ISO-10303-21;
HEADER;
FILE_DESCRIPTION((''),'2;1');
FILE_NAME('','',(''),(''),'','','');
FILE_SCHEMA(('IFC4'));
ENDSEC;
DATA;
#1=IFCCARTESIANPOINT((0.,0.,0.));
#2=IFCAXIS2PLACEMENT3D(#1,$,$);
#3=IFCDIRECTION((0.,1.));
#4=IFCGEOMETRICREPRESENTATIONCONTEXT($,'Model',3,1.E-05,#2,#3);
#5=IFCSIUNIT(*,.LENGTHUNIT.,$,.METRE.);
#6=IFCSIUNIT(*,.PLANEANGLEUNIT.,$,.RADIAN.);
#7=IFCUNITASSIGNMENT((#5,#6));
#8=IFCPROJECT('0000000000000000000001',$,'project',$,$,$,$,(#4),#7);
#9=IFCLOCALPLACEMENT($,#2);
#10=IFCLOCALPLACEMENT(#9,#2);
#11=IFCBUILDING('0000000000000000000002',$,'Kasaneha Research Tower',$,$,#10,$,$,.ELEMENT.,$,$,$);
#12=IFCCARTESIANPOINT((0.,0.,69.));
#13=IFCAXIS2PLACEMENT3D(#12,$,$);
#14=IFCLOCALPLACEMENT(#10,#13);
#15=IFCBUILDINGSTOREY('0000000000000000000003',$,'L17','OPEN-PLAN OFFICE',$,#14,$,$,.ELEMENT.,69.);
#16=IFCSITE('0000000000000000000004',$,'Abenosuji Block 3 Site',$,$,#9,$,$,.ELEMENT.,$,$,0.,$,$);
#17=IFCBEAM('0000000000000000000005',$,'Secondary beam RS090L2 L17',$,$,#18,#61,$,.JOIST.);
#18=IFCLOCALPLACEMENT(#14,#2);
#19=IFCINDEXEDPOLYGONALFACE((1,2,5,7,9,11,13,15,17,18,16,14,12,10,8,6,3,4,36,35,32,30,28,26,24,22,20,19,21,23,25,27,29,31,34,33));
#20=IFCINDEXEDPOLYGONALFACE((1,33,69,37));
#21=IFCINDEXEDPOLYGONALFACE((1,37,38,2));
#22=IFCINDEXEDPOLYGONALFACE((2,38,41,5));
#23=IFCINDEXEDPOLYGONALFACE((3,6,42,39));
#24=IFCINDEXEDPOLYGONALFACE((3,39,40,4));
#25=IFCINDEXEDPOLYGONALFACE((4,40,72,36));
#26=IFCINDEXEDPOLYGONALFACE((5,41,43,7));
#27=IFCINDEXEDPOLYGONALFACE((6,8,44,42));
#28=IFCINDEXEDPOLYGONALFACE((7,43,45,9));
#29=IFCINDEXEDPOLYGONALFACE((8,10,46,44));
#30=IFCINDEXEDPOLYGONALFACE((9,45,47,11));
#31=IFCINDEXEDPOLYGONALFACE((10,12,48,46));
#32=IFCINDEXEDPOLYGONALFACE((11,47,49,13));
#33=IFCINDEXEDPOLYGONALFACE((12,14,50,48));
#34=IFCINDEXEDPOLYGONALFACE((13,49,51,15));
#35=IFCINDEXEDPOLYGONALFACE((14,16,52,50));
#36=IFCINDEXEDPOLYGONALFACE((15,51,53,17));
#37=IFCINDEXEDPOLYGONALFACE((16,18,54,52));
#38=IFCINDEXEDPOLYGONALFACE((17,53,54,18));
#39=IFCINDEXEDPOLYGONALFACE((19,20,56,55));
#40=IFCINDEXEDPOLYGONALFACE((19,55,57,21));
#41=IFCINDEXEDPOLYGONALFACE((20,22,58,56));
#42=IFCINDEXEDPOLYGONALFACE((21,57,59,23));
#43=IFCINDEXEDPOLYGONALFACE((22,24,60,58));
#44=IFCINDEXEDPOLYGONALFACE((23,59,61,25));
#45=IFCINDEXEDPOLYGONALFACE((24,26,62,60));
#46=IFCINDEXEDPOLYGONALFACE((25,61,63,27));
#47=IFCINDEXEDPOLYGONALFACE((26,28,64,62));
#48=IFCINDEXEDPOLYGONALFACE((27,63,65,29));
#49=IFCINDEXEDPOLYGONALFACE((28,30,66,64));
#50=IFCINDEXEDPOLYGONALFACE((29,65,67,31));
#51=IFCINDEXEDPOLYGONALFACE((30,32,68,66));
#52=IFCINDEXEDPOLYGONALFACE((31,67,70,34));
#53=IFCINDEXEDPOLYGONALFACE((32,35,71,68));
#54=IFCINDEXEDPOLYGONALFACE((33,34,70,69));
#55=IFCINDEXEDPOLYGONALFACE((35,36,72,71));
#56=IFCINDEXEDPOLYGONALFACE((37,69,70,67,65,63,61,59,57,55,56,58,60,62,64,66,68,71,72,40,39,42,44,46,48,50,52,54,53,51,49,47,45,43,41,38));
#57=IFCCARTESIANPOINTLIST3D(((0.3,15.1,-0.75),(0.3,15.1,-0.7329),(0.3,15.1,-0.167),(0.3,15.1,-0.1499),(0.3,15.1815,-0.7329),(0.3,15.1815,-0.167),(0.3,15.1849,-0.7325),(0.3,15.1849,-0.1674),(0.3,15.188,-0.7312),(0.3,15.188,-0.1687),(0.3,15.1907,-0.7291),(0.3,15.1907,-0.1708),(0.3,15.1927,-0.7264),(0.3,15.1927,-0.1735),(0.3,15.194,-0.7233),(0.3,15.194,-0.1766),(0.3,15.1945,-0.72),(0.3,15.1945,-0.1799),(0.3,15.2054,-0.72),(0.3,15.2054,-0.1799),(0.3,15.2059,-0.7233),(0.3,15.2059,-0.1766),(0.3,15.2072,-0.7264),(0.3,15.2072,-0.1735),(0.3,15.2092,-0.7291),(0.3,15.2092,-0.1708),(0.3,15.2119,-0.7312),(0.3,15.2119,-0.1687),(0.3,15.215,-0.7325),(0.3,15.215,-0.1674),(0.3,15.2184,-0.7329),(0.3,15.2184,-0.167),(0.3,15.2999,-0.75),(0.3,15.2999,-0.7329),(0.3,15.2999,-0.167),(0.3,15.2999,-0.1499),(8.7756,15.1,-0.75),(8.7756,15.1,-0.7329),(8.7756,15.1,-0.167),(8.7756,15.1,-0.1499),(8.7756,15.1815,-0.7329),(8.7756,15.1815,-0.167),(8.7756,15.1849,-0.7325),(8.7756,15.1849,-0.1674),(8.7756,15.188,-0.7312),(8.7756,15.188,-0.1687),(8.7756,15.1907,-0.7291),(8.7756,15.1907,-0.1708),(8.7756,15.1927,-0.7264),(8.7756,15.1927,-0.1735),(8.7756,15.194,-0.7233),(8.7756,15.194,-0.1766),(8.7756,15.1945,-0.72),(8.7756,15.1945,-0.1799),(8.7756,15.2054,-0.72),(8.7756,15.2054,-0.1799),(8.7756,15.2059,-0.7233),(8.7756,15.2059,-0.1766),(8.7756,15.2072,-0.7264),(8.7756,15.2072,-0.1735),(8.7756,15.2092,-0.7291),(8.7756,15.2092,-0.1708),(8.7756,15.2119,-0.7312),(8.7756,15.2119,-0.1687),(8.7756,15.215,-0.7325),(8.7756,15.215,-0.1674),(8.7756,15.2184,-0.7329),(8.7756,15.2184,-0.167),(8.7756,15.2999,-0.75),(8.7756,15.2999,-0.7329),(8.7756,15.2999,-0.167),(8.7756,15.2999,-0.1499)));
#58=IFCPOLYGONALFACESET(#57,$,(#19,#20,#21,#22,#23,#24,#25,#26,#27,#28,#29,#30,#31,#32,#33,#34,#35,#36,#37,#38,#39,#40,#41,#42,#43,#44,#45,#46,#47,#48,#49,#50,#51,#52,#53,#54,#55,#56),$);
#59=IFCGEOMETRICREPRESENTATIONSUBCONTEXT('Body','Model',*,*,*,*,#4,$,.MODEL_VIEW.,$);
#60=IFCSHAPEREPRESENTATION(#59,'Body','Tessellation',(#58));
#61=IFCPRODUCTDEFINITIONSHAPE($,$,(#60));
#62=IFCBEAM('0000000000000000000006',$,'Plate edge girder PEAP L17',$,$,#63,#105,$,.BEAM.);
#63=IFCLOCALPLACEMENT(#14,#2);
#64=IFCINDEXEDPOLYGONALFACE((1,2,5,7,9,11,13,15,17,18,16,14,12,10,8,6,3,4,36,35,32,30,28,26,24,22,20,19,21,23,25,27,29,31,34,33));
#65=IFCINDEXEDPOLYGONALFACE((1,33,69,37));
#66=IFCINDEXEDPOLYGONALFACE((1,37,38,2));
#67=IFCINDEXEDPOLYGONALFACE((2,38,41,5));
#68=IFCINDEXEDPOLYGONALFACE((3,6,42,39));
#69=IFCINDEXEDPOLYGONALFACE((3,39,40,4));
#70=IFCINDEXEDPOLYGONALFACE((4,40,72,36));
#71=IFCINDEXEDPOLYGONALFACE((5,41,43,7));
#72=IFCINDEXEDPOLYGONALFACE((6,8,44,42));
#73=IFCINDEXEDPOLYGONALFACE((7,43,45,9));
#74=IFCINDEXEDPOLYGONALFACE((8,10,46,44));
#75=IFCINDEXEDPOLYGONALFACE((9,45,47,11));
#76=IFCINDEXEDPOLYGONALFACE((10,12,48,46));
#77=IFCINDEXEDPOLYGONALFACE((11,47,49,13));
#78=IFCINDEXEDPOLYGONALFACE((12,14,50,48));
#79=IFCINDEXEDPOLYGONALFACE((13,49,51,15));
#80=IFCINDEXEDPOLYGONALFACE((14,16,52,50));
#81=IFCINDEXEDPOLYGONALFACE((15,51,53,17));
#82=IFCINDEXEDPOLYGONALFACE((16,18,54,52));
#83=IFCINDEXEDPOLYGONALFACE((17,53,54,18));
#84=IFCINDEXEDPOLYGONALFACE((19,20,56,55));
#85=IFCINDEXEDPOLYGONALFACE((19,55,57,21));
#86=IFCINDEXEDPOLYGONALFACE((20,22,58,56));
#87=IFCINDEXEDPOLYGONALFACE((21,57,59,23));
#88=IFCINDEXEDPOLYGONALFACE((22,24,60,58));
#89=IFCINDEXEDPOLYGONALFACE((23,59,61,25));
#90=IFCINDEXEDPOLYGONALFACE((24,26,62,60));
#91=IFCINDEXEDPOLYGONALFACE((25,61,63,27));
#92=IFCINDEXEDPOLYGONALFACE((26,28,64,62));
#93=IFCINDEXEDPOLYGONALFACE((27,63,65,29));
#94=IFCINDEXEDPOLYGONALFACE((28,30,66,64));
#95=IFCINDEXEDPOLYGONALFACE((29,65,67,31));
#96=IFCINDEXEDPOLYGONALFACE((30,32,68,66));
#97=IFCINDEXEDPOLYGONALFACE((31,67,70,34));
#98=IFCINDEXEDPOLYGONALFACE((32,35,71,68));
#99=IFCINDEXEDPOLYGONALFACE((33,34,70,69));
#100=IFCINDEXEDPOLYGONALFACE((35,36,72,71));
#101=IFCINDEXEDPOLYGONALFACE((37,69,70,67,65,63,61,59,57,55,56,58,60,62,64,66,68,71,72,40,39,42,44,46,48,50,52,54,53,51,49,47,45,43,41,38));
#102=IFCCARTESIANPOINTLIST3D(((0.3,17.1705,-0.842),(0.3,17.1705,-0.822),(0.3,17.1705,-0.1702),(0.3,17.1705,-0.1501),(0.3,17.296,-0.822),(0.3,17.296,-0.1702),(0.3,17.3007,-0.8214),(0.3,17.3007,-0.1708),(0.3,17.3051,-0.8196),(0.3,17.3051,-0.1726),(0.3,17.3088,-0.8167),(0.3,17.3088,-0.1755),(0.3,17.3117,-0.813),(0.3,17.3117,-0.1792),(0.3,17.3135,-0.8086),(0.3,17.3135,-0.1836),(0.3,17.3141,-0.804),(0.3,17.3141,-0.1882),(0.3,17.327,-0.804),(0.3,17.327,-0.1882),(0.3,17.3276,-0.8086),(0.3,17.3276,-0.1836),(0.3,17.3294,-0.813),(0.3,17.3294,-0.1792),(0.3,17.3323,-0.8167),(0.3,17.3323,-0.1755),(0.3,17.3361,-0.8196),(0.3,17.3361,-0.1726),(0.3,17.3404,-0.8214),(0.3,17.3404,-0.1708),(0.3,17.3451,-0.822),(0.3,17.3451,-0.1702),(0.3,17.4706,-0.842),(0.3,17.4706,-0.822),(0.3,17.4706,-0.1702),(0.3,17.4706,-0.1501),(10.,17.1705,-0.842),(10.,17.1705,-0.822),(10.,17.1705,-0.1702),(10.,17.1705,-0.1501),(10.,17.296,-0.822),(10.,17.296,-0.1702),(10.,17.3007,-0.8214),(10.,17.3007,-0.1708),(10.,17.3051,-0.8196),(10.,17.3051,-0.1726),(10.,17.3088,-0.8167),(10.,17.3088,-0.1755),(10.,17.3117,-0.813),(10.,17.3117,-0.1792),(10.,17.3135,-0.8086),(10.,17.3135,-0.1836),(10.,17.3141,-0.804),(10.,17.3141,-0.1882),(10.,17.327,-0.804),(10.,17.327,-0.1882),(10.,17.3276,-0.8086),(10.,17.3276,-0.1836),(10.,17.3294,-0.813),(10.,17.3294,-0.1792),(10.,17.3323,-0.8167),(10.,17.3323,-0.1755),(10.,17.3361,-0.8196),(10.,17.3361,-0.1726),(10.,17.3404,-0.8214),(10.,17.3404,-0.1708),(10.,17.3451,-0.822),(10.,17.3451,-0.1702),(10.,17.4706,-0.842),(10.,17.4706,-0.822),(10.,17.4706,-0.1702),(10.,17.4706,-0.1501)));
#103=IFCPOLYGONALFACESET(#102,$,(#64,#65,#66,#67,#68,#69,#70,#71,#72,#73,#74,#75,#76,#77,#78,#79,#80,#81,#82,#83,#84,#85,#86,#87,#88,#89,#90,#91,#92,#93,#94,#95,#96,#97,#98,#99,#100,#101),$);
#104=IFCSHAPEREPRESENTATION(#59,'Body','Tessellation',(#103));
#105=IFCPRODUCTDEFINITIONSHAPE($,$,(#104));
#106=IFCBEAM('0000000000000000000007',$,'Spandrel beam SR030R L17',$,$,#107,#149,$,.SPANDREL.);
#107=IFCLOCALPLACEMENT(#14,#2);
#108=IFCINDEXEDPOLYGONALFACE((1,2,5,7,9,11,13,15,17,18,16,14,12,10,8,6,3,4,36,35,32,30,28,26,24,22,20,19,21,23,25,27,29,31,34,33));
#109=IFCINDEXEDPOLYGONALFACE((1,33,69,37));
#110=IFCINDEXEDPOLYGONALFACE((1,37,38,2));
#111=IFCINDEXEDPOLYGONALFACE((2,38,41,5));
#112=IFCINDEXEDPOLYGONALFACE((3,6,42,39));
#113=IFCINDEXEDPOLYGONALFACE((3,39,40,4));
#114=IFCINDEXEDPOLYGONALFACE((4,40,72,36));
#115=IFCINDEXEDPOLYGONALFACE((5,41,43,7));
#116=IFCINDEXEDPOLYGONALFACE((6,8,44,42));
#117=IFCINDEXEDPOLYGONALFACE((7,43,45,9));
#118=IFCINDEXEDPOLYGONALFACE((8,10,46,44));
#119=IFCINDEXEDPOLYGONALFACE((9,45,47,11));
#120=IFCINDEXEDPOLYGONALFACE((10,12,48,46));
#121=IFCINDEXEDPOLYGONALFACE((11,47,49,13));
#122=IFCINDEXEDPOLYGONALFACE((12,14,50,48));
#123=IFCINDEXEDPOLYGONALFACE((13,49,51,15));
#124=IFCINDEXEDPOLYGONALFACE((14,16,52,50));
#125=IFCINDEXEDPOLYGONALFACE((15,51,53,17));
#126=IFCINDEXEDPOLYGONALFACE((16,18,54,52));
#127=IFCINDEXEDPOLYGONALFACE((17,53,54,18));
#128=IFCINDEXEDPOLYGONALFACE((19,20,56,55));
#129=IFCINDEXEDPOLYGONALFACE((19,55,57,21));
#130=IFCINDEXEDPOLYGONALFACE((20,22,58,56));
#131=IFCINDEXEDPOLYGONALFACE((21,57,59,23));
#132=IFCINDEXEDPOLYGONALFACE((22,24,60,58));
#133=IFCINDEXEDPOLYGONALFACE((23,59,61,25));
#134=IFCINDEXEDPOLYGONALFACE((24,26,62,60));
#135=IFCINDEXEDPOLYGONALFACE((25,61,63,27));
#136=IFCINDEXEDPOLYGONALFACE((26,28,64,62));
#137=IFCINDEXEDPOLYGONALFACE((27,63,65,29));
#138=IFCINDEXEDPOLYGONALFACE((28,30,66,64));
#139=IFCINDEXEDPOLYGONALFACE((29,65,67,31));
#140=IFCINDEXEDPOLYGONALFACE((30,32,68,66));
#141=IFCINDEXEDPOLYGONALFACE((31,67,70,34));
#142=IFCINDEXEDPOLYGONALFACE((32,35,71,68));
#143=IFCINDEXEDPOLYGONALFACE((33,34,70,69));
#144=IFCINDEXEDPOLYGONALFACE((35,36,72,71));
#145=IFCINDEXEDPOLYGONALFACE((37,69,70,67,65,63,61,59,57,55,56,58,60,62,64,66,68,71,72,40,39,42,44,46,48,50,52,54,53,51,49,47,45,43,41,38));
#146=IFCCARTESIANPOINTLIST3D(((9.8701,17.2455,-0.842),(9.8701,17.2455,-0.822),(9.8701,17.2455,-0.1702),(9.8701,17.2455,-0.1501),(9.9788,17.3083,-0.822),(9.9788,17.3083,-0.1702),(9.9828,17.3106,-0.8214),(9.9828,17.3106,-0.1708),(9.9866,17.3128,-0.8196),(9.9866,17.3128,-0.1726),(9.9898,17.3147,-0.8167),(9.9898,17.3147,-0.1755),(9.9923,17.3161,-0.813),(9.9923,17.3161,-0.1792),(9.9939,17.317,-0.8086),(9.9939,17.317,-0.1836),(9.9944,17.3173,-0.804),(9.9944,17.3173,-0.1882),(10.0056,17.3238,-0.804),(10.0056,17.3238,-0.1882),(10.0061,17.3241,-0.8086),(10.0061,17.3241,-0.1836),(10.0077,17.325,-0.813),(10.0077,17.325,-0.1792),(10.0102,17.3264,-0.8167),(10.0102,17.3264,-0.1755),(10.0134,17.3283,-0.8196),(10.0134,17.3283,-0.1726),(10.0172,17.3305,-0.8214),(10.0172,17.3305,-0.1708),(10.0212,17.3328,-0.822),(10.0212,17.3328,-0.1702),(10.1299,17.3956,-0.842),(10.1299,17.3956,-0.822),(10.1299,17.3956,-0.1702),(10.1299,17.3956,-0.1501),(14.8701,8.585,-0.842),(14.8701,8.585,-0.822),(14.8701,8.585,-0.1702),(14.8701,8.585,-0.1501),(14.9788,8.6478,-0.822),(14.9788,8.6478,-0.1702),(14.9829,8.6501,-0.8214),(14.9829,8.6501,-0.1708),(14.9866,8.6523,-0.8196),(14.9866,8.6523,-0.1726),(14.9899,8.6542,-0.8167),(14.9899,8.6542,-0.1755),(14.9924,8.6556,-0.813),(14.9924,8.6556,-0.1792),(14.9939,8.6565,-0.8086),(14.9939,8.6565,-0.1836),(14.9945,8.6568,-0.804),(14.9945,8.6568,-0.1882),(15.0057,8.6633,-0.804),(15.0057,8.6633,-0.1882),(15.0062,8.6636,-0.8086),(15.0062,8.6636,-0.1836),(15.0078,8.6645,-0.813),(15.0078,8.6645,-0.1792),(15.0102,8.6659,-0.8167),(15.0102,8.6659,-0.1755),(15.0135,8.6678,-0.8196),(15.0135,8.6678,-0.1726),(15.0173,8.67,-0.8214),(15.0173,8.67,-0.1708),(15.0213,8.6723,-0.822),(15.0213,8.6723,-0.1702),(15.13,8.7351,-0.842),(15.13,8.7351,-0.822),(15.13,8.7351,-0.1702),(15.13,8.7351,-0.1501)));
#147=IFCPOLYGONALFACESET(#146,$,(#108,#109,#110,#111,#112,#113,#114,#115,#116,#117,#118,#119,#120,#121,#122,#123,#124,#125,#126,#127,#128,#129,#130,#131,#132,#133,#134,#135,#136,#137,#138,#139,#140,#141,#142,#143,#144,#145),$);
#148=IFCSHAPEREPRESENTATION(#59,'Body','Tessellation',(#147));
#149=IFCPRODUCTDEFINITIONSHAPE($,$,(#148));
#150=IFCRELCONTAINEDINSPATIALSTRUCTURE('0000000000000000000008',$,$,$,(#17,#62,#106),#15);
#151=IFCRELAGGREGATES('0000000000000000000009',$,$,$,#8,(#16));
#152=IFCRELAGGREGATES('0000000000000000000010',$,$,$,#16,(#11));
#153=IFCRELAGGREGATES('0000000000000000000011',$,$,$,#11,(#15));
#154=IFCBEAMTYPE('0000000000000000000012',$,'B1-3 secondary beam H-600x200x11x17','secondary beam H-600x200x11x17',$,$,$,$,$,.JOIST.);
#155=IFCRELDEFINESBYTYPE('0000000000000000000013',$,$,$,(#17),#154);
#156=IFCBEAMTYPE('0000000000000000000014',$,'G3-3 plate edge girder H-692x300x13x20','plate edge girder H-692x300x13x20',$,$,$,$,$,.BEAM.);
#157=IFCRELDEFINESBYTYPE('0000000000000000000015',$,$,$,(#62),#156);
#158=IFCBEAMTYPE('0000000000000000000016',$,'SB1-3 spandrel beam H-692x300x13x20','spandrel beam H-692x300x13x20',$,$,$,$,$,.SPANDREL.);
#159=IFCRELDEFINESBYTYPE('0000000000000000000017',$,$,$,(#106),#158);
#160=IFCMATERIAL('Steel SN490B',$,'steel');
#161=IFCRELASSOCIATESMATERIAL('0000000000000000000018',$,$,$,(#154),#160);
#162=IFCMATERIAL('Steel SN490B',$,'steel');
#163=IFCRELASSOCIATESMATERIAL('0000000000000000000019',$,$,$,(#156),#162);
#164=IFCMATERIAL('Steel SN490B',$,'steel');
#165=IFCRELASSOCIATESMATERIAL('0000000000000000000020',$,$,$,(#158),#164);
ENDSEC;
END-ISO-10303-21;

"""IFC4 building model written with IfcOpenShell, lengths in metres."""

from ifc_helpers import new_model, si_unit, direction, frame, origin, origin_2d, place, context, subcontext, project, spatial, i_section, extrude, material, material_profile, profile_set, type_object, element, save


model = new_model("IFC4")

# Units and contexts
model_context = context("Model", 3, precision=1e-05, world=origin(), true_north=direction((0.0, 1.0)))
body_context = subcontext(model_context, "Body", "Model", "MODEL_VIEW")
ifc_project = project(units=[si_unit("LENGTHUNIT", "METRE"), si_unit("PLANEANGLEUNIT", "RADIAN")], contexts=[model_context])

# Site, building, storey
site_placement = place(None, origin())
site = spatial("IfcSite", under=ifc_project, at=site_placement, Name="Abenosuji Block 3 Site", CompositionType="ELEMENT", RefElevation=0.0)
building_placement = place(site_placement, origin())
building = spatial("IfcBuilding", under=site, at=building_placement, Name="Kasaneha Research Tower", CompositionType="ELEMENT")
storey_placement = place(building_placement, frame((0.0, 0.0, 69.0)))
storey = spatial("IfcBuildingStorey", under=building, at=storey_placement, Name="L17", Description="OPEN-PLAN OFFICE", CompositionType="ELEMENT", Elevation=69.0)

# Beams
ifc_material_1 = material(Name="Steel SN490B", Category="steel")
ifc_material_profile_1 = material_profile(ifc_material_1, i_section(OverallWidth=0.2, OverallDepth=0.6001, WebThickness=0.011, FlangeThickness=0.0171, FilletRadius=0.0129, at=origin_2d()), Name="H-600x200x11x17")
ifc_profile_set_1 = profile_set([ifc_material_profile_1], Name="Steel SN490B")
beam_type_1 = type_object("IfcBeamType", Name="B1-3 secondary beam H-600x200x11x17", Description="secondary beam H-600x200x11x17", PredefinedType="JOIST", material=ifc_profile_set_1)
beam_1_placement = place(storey_placement, frame((8.7756, 15.2, -0.45), z_axis=(-1.0, 0.0, 0.0), x_axis=(0.0, -1.0, 0.0)))
element("IfcBeam", 1, at=beam_1_placement, inside=storey, type_object=beam_type_1, Name="Secondary beam RS090L2 L17", PredefinedType="JOIST", context=body_context, shape_type="SweptSolid", body=[
    extrude(i_section(OverallWidth=0.2, OverallDepth=0.6001, WebThickness=0.011, FlangeThickness=0.0171, FilletRadius=0.0129, at=origin_2d()), origin(), (0.0, 0.0, 1.0), 8.4756),
])
ifc_material_2 = material(Name="Steel SN490B", Category="steel")
ifc_material_profile_2 = material_profile(ifc_material_2, i_section(OverallWidth=0.3, OverallDepth=0.6919, WebThickness=0.0129, FlangeThickness=0.02, FilletRadius=0.0181, at=origin_2d()), Name="H-692x300x13x20")
ifc_profile_set_2 = profile_set([ifc_material_profile_2], Name="Steel SN490B")
beam_type_2 = type_object("IfcBeamType", Name="G3-3 plate edge girder H-692x300x13x20", Description="plate edge girder H-692x300x13x20", PredefinedType="BEAM", material=ifc_profile_set_2)
beam_2_placement = place(storey_placement, frame((10.0, 17.3206, -0.4961), z_axis=(-1.0, 0.0, 0.0), x_axis=(0.0, -1.0, 0.0)))
element("IfcBeam", 2, at=beam_2_placement, inside=storey, type_object=beam_type_2, Name="Plate edge girder PEAP L17", PredefinedType="BEAM", context=body_context, shape_type="SweptSolid", body=[
    extrude(i_section(OverallWidth=0.3, OverallDepth=0.6919, WebThickness=0.0129, FlangeThickness=0.02, FilletRadius=0.0181, at=origin_2d()), origin(), (0.0, 0.0, 1.0), 9.7),
])
ifc_material_3 = material(Name="Steel SN490B", Category="steel")
ifc_material_profile_3 = material_profile(ifc_material_3, i_section(OverallWidth=0.3, OverallDepth=0.6919, WebThickness=0.0129, FlangeThickness=0.02, FilletRadius=0.0181, at=origin_2d()), Name="H-692x300x13x20")
ifc_profile_set_3 = profile_set([ifc_material_profile_3], Name="Steel SN490B")
beam_type_3 = type_object("IfcBeamType", Name="SB1-3 spandrel beam H-692x300x13x20", Description="spandrel beam H-692x300x13x20", PredefinedType="SPANDREL", material=ifc_profile_set_3)
beam_3_placement = place(storey_placement, frame((10.0, 17.3206, -0.4961), z_axis=(0.499994, -0.866029, 0.0), x_axis=(0.866029, 0.499994, 0.0)))
element("IfcBeam", 3, at=beam_3_placement, inside=storey, type_object=beam_type_3, Name="Spandrel beam SR030R L17", PredefinedType="SPANDREL", context=body_context, shape_type="SweptSolid", body=[
    extrude(i_section(OverallWidth=0.3, OverallDepth=0.6919, WebThickness=0.0129, FlangeThickness=0.02, FilletRadius=0.0181, at=origin_2d()), origin(), (0.0, 0.0, 1.0), 10.0002),
])

save(model, "model.ifc")
